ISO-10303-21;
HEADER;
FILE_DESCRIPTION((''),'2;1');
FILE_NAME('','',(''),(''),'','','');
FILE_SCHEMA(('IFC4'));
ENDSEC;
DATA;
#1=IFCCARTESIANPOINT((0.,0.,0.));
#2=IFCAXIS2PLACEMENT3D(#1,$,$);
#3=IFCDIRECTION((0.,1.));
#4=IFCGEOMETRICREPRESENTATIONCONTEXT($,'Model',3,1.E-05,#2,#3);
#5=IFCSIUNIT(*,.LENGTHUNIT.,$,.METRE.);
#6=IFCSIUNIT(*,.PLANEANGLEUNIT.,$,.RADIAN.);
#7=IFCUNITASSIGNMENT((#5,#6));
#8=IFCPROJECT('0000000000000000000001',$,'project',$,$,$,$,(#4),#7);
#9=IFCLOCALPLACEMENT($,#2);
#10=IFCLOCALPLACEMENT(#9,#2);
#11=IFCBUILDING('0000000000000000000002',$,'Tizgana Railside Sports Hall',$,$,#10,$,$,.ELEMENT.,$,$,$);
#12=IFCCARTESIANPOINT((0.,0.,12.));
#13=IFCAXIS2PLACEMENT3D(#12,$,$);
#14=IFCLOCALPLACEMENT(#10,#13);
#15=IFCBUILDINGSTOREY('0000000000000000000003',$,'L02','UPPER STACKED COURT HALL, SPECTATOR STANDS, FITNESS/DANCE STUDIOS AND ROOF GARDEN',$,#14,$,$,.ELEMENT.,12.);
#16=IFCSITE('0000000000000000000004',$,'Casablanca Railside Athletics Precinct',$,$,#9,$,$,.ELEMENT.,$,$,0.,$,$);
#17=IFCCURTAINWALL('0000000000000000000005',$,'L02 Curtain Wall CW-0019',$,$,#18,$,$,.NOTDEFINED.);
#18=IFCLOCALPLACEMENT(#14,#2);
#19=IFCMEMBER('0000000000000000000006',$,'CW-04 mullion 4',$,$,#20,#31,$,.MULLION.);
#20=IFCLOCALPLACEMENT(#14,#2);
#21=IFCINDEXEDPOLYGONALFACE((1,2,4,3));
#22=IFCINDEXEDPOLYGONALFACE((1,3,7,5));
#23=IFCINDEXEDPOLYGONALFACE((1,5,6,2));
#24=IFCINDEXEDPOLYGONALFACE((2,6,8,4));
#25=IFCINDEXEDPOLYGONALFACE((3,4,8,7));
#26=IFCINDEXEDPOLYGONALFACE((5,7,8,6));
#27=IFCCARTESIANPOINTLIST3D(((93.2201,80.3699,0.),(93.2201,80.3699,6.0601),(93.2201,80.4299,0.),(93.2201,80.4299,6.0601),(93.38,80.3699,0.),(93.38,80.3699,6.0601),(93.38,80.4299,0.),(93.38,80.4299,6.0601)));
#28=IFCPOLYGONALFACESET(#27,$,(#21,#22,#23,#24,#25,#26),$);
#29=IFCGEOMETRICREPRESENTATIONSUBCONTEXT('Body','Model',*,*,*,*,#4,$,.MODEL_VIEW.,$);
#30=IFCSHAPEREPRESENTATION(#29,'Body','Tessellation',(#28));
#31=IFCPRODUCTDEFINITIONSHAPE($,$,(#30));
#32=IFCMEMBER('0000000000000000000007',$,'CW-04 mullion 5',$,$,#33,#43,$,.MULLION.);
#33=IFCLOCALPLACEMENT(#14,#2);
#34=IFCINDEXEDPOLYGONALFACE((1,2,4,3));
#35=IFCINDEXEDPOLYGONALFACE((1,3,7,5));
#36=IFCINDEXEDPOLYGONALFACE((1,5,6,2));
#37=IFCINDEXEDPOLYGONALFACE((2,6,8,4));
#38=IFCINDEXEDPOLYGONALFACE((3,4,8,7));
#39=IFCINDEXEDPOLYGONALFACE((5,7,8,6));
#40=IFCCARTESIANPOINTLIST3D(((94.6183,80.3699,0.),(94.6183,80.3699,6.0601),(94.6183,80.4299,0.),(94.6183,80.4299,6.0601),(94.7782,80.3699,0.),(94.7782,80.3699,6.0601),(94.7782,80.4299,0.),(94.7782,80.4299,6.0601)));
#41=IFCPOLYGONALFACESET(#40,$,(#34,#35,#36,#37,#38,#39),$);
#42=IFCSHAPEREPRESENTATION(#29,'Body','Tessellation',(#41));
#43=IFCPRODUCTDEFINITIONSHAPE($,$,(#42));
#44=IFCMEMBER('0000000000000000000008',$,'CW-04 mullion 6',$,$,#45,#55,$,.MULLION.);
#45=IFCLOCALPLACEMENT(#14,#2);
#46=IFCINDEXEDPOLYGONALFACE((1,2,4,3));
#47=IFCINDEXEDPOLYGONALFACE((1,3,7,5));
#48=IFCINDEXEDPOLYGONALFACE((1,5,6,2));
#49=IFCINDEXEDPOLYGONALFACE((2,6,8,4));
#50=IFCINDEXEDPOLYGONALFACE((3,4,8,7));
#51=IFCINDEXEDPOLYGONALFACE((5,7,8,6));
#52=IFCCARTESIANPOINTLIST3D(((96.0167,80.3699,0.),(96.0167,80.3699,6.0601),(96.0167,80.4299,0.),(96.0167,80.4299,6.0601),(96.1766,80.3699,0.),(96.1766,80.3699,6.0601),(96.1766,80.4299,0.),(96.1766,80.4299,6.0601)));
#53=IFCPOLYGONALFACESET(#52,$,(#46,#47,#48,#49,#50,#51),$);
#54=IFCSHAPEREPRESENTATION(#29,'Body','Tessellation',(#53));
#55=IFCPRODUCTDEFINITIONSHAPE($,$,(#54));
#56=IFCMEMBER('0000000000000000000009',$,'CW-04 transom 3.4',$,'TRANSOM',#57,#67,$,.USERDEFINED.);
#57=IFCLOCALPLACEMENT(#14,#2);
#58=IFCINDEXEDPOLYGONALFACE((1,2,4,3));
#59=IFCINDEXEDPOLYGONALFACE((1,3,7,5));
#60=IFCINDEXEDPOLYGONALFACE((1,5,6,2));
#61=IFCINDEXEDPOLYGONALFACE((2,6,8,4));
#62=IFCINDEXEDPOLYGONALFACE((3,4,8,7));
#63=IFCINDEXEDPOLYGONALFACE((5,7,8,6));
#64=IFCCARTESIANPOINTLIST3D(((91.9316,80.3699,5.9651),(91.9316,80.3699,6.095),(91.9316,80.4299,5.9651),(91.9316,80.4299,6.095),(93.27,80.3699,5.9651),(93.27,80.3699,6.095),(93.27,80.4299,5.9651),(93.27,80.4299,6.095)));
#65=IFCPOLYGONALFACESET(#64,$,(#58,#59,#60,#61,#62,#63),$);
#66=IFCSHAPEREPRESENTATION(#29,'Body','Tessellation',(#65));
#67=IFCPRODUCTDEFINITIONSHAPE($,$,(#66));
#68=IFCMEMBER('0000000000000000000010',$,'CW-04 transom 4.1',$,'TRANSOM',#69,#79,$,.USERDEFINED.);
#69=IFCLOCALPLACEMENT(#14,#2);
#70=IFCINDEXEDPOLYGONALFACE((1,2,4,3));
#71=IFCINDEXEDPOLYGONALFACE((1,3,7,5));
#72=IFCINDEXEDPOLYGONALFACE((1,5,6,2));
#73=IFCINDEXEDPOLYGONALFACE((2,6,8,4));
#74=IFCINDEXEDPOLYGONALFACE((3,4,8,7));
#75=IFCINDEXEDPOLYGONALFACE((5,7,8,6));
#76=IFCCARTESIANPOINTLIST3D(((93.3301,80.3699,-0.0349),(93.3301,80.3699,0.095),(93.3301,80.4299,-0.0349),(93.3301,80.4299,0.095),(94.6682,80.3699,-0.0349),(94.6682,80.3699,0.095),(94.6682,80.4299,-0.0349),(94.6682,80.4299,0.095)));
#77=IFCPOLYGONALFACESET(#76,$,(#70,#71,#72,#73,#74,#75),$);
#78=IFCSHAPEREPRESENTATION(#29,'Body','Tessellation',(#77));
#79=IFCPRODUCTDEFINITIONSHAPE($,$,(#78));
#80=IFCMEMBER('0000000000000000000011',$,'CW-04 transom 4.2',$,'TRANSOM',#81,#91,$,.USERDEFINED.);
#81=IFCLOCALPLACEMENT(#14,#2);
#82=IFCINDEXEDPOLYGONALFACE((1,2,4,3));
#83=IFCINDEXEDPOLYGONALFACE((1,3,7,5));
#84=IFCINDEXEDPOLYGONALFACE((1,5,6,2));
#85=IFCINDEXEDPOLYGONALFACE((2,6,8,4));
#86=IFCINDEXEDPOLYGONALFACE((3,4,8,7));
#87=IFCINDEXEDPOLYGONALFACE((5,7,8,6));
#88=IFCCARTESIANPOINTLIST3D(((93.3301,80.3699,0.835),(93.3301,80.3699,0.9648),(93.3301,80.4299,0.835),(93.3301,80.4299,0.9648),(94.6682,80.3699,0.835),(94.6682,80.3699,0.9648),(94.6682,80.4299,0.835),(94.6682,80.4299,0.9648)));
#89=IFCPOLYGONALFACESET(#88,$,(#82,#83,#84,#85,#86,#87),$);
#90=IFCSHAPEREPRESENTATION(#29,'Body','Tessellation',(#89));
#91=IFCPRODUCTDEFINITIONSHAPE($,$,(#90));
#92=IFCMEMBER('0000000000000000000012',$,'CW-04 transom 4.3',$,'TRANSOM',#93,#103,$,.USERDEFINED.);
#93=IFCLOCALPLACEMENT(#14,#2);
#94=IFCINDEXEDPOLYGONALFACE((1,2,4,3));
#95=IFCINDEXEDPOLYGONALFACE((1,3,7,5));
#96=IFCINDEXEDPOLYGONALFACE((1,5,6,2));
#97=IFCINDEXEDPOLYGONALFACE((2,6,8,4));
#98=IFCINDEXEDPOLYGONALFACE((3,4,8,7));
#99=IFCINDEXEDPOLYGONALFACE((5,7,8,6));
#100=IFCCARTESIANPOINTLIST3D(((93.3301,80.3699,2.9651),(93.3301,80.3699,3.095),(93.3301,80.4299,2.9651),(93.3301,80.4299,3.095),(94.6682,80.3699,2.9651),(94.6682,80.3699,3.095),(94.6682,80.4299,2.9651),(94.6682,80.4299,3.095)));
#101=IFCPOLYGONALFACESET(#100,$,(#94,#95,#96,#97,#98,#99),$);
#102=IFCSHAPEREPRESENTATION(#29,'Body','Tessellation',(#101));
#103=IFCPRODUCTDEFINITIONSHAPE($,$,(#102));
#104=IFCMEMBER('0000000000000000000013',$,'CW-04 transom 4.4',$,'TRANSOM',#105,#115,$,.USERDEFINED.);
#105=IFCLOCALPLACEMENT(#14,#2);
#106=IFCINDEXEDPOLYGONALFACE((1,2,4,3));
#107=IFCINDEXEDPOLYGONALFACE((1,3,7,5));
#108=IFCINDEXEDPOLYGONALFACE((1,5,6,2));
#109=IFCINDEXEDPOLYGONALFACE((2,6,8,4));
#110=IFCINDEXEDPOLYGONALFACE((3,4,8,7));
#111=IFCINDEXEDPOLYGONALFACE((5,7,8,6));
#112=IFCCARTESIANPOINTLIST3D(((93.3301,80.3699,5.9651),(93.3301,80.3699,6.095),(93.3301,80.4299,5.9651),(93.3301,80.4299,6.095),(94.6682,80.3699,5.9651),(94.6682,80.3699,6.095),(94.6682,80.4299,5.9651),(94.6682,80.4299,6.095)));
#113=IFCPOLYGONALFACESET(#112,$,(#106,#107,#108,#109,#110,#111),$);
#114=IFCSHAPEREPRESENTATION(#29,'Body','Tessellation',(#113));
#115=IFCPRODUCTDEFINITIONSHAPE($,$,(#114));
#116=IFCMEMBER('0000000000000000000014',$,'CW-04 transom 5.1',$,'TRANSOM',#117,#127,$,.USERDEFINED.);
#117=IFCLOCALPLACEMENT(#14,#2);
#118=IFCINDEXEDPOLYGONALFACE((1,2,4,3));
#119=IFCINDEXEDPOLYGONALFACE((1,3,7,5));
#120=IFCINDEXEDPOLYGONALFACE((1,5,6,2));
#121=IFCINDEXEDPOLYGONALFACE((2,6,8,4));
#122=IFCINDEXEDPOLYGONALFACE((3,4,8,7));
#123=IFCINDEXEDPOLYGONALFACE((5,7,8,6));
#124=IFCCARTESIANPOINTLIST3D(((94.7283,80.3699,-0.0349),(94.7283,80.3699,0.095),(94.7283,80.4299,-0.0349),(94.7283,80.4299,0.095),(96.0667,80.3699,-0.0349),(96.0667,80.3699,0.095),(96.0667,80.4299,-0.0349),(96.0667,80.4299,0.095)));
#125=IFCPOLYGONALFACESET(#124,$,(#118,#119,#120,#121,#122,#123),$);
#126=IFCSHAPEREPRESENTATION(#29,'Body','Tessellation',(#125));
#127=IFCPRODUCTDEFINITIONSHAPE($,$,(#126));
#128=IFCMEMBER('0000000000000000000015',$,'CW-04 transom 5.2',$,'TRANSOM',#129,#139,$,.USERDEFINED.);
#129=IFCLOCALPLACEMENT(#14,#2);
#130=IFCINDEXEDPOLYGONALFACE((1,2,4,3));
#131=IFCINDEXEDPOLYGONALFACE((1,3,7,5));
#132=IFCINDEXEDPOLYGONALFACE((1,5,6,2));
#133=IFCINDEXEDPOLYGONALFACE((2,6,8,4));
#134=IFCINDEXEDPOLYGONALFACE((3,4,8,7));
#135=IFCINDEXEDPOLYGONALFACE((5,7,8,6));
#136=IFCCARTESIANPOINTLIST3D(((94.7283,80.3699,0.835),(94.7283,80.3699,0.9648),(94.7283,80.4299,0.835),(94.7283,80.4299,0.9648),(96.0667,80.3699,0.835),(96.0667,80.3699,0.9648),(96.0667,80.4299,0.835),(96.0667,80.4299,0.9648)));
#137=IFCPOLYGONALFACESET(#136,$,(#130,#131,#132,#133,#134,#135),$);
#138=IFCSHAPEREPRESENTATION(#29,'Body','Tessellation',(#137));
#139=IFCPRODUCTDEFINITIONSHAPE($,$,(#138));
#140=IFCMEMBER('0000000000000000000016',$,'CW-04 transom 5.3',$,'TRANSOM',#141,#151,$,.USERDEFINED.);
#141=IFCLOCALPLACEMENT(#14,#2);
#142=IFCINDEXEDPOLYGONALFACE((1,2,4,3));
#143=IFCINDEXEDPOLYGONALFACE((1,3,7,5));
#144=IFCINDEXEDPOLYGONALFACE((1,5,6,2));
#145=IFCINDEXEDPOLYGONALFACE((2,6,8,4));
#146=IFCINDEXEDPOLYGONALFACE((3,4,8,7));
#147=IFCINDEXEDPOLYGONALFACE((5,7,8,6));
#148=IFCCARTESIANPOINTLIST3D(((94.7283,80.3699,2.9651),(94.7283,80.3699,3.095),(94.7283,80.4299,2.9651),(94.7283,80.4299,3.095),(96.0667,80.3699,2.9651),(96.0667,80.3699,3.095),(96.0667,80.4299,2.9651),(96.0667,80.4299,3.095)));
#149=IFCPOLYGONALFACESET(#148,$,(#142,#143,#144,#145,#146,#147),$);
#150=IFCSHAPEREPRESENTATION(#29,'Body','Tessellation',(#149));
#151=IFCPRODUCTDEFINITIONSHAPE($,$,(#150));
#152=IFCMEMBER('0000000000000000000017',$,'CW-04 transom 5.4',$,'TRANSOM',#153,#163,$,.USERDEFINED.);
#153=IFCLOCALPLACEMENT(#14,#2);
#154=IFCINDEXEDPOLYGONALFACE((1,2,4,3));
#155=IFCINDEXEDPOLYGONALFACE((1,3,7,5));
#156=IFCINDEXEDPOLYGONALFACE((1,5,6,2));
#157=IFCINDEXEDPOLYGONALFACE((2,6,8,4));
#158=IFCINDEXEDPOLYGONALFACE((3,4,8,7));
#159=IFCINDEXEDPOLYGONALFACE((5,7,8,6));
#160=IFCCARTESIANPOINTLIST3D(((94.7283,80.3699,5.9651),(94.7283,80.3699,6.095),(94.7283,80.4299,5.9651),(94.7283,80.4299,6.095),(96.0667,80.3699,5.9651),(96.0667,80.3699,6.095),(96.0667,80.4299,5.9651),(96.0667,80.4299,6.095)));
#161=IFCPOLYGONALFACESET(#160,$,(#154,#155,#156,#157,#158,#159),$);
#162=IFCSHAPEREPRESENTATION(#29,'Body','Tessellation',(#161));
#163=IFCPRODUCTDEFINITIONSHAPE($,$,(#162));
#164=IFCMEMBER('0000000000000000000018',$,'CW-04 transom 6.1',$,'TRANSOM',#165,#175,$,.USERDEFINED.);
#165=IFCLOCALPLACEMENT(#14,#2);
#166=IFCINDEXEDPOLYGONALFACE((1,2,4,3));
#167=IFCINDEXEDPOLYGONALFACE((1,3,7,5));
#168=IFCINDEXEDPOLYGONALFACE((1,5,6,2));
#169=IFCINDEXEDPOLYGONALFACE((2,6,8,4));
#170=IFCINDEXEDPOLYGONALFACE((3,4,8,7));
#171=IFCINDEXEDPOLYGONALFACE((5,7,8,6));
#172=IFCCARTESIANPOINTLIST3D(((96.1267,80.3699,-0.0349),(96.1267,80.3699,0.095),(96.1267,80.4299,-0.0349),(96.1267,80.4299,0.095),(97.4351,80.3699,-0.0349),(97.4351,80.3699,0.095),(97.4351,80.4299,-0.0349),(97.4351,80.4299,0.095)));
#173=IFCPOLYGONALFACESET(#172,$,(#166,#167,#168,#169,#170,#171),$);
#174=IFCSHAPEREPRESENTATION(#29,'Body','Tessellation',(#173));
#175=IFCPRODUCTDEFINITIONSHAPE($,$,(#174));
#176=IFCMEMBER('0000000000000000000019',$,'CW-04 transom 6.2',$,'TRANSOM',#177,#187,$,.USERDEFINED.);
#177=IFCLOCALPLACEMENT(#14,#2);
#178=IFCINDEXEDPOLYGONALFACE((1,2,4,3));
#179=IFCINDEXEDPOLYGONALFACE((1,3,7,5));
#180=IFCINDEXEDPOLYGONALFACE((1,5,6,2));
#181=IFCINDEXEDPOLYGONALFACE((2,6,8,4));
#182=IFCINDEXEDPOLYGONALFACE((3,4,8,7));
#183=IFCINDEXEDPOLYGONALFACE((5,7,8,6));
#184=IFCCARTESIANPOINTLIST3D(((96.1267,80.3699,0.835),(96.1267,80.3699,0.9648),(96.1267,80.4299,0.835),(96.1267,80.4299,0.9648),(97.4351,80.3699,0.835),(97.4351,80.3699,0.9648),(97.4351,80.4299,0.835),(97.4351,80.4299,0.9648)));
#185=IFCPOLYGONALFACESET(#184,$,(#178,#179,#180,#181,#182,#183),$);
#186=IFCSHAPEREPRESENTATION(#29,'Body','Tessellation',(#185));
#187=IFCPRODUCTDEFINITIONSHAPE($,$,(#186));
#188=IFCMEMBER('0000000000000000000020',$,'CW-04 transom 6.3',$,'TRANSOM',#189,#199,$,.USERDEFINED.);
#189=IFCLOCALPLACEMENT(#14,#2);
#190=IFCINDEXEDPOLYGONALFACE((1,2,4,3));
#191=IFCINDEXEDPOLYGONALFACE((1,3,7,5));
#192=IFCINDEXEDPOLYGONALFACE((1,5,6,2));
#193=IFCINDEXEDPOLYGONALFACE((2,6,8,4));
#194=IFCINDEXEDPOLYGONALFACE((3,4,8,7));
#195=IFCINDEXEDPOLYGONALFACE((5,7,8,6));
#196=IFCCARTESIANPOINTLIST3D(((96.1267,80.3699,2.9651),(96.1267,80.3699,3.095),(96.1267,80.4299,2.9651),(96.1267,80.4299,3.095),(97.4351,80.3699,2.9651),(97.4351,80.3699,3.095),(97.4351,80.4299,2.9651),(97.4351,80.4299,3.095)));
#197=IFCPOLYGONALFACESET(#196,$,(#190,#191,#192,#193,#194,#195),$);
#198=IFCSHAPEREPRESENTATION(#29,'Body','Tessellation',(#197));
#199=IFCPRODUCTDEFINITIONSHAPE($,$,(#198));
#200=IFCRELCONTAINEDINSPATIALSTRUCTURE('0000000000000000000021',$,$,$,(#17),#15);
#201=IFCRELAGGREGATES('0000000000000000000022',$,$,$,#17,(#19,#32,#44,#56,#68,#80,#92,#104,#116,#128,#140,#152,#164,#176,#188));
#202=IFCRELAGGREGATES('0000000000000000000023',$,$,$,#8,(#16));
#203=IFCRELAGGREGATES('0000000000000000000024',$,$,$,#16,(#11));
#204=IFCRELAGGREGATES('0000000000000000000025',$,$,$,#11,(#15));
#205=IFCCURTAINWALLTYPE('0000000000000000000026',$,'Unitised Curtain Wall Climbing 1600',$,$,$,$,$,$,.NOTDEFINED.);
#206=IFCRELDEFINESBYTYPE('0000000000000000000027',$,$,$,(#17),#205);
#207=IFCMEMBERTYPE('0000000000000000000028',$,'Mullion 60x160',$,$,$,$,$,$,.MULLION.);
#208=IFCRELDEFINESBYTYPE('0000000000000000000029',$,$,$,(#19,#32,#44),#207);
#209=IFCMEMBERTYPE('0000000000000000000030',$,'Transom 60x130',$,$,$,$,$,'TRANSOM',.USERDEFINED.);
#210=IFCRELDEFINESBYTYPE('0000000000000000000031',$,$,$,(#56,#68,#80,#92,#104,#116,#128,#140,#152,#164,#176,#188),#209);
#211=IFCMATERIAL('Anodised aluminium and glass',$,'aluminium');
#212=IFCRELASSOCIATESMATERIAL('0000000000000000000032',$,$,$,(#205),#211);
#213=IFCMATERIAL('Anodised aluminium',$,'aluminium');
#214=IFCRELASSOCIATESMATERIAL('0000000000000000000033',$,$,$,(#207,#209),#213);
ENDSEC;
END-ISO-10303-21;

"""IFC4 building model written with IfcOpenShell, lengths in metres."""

from ifc_helpers import new_model, si_unit, direction, frame, origin, origin_2d, place, context, subcontext, project, spatial, rectangle, extrude, material, material_profile, profile_set, type_object, element, aggregate, save


model = new_model("IFC4")

# Units and contexts
model_context = context("Model", 3, precision=1e-05, world=origin(), true_north=direction((0.0, 1.0)))
body_context = subcontext(model_context, "Body", "Model", "MODEL_VIEW")
ifc_project = project(units=[si_unit("LENGTHUNIT", "METRE"), si_unit("PLANEANGLEUNIT", "RADIAN")], contexts=[model_context])

# Site, building, storey
site_placement = place(None, origin())
site = spatial("IfcSite", under=ifc_project, at=site_placement, Name="Casablanca Railside Athletics Precinct", CompositionType="ELEMENT", RefElevation=0.0)
building_placement = place(site_placement, origin())
building = spatial("IfcBuilding", under=site, at=building_placement, Name="Tizgana Railside Sports Hall", CompositionType="ELEMENT")
storey_placement = place(building_placement, frame((0.0, 0.0, 12.0)))
storey = spatial("IfcBuildingStorey", under=building, at=storey_placement, Name="L02", Description="UPPER STACKED COURT HALL, SPECTATOR STANDS, FITNESS/DANCE STUDIOS AND ROOF GARDEN", CompositionType="ELEMENT", Elevation=12.0)

# Curtain wall, members
ifc_material_1 = material(Name="Anodised aluminium and glass", Category="aluminium")
curtain_wall_type = type_object("IfcCurtainWallType", Name="Unitised Curtain Wall Climbing 1600", PredefinedType="NOTDEFINED", material=ifc_material_1)
curtain_wall_placement = place(storey_placement, origin())
curtain_wall = element("IfcCurtainWall", 1, at=curtain_wall_placement, inside=storey, type_object=curtain_wall_type, Name="L02 Curtain Wall CW-0019", PredefinedType="NOTDEFINED")
ifc_material_2 = material(Name="Anodised aluminium", Category="aluminium")
ifc_material_profile_1 = material_profile(ifc_material_2, rectangle(XDim=0.0601, YDim=0.1599, at=origin_2d()), Name="Mullion 60x160")
ifc_profile_set_1 = profile_set([ifc_material_profile_1], Name="Anodised aluminium")
member_type_1 = type_object("IfcMemberType", Name="Mullion 60x160", PredefinedType="MULLION", material=ifc_profile_set_1)
member_1_placement = place(storey_placement, frame((93.3, 80.3999, 0.0), z_axis=(0.0, 0.0, 1.0), x_axis=(0.0, 1.0, 0.0)))
member_1 = element("IfcMember", 2, at=member_1_placement, type_object=member_type_1, Name="CW-04 mullion 4", PredefinedType="MULLION", context=body_context, shape_type="SweptSolid", body=[
    extrude(rectangle(XDim=0.0601, YDim=0.1599, at=origin_2d()), origin(), (0.0, 0.0, 1.0), 6.0601),
])
member_2_placement = place(storey_placement, frame((94.6982, 80.3999, 0.0), z_axis=(0.0, 0.0, 1.0), x_axis=(0.0, 1.0, 0.0)))
member_2 = element("IfcMember", 3, at=member_2_placement, type_object=member_type_1, Name="CW-04 mullion 5", PredefinedType="MULLION", context=body_context, shape_type="SweptSolid", body=[
    extrude(rectangle(XDim=0.0601, YDim=0.1599, at=origin_2d()), origin(), (0.0, 0.0, 1.0), 6.0601),
])
member_3_placement = place(storey_placement, frame((96.0967, 80.3999, 0.0), z_axis=(0.0, 0.0, 1.0), x_axis=(0.0, 1.0, 0.0)))
member_3 = element("IfcMember", 4, at=member_3_placement, type_object=member_type_1, Name="CW-04 mullion 6", PredefinedType="MULLION", context=body_context, shape_type="SweptSolid", body=[
    extrude(rectangle(XDim=0.0601, YDim=0.1599, at=origin_2d()), origin(), (0.0, 0.0, 1.0), 6.0601),
])
ifc_material_profile_2 = material_profile(ifc_material_2, rectangle(XDim=0.0601, YDim=0.1299, at=origin_2d()), Name="Transom 60x130")
ifc_profile_set_2 = profile_set([ifc_material_profile_2], Name="Anodised aluminium")
member_type_2 = type_object("IfcMemberType", Name="Transom 60x130", ElementType="TRANSOM", PredefinedType="USERDEFINED", material=ifc_profile_set_2)
member_4_placement = place(storey_placement, frame((91.9316, 80.3999, 6.03), z_axis=(1.0, 0.0, 0.0), x_axis=(0.0, 1.0, 0.0)))
member_4 = element("IfcMember", 5, at=member_4_placement, type_object=member_type_2, Name="CW-04 transom 3.4", ObjectType="TRANSOM", PredefinedType="USERDEFINED", context=body_context, shape_type="SweptSolid", body=[
    extrude(rectangle(XDim=0.0601, YDim=0.1299, at=origin_2d()), origin(), (0.0, 0.0, 1.0), 1.3384),
])
member_5_placement = place(storey_placement, frame((93.3301, 80.3999, 0.03), z_axis=(1.0, 0.0, 0.0), x_axis=(0.0, 1.0, 0.0)))
member_5 = element("IfcMember", 6, at=member_5_placement, type_object=member_type_2, Name="CW-04 transom 4.1", ObjectType="TRANSOM", PredefinedType="USERDEFINED", context=body_context, shape_type="SweptSolid", body=[
    extrude(rectangle(XDim=0.0601, YDim=0.1299, at=origin_2d()), origin(), (0.0, 0.0, 1.0), 1.3381),
])
member_6_placement = place(storey_placement, frame((93.3301, 80.3999, 0.8999), z_axis=(1.0, 0.0, 0.0), x_axis=(0.0, 1.0, 0.0)))
member_6 = element("IfcMember", 7, at=member_6_placement, type_object=member_type_2, Name="CW-04 transom 4.2", ObjectType="TRANSOM", PredefinedType="USERDEFINED", context=body_context, shape_type="SweptSolid", body=[
    extrude(rectangle(XDim=0.0601, YDim=0.1299, at=origin_2d()), origin(), (0.0, 0.0, 1.0), 1.3381),
])
member_7_placement = place(storey_placement, frame((93.3301, 80.3999, 3.03), z_axis=(1.0, 0.0, 0.0), x_axis=(0.0, 1.0, 0.0)))
member_7 = element("IfcMember", 8, at=member_7_placement, type_object=member_type_2, Name="CW-04 transom 4.3", ObjectType="TRANSOM", PredefinedType="USERDEFINED", context=body_context, shape_type="SweptSolid", body=[
    extrude(rectangle(XDim=0.0601, YDim=0.1299, at=origin_2d()), origin(), (0.0, 0.0, 1.0), 1.3381),
])
member_8_placement = place(storey_placement, frame((93.3301, 80.3999, 6.03), z_axis=(1.0, 0.0, 0.0), x_axis=(0.0, 1.0, 0.0)))
member_8 = element("IfcMember", 9, at=member_8_placement, type_object=member_type_2, Name="CW-04 transom 4.4", ObjectType="TRANSOM", PredefinedType="USERDEFINED", context=body_context, shape_type="SweptSolid", body=[
    extrude(rectangle(XDim=0.0601, YDim=0.1299, at=origin_2d()), origin(), (0.0, 0.0, 1.0), 1.3381),
])
member_9_placement = place(storey_placement, frame((94.7283, 80.3999, 0.03), z_axis=(1.0, 0.0, 0.0), x_axis=(0.0, 1.0, 0.0)))
member_9 = element("IfcMember", 10, at=member_9_placement, type_object=member_type_2, Name="CW-04 transom 5.1", ObjectType="TRANSOM", PredefinedType="USERDEFINED", context=body_context, shape_type="SweptSolid", body=[
    extrude(rectangle(XDim=0.0601, YDim=0.1299, at=origin_2d()), origin(), (0.0, 0.0, 1.0), 1.3384),
])
member_10_placement = place(storey_placement, frame((94.7283, 80.3999, 0.8999), z_axis=(1.0, 0.0, 0.0), x_axis=(0.0, 1.0, 0.0)))
member_10 = element("IfcMember", 11, at=member_10_placement, type_object=member_type_2, Name="CW-04 transom 5.2", ObjectType="TRANSOM", PredefinedType="USERDEFINED", context=body_context, shape_type="SweptSolid", body=[
    extrude(rectangle(XDim=0.0601, YDim=0.1299, at=origin_2d()), origin(), (0.0, 0.0, 1.0), 1.3384),
])
member_11_placement = place(storey_placement, frame((94.7283, 80.3999, 3.03), z_axis=(1.0, 0.0, 0.0), x_axis=(0.0, 1.0, 0.0)))
member_11 = element("IfcMember", 12, at=member_11_placement, type_object=member_type_2, Name="CW-04 transom 5.3", ObjectType="TRANSOM", PredefinedType="USERDEFINED", context=body_context, shape_type="SweptSolid", body=[
    extrude(rectangle(XDim=0.0601, YDim=0.1299, at=origin_2d()), origin(), (0.0, 0.0, 1.0), 1.3384),
])
member_12_placement = place(storey_placement, frame((94.7283, 80.3999, 6.03), z_axis=(1.0, 0.0, 0.0), x_axis=(0.0, 1.0, 0.0)))
member_12 = element("IfcMember", 13, at=member_12_placement, type_object=member_type_2, Name="CW-04 transom 5.4", ObjectType="TRANSOM", PredefinedType="USERDEFINED", context=body_context, shape_type="SweptSolid", body=[
    extrude(rectangle(XDim=0.0601, YDim=0.1299, at=origin_2d()), origin(), (0.0, 0.0, 1.0), 1.3384),
])
member_13_placement = place(storey_placement, frame((96.1267, 80.3999, 0.03), z_axis=(1.0, 0.0, 0.0), x_axis=(0.0, 1.0, 0.0)))
member_13 = element("IfcMember", 14, at=member_13_placement, type_object=member_type_2, Name="CW-04 transom 6.1", ObjectType="TRANSOM", PredefinedType="USERDEFINED", context=body_context, shape_type="SweptSolid", body=[
    extrude(rectangle(XDim=0.0601, YDim=0.1299, at=origin_2d()), origin(), (0.0, 0.0, 1.0), 1.3083),
])
member_14_placement = place(storey_placement, frame((96.1267, 80.3999, 0.8999), z_axis=(1.0, 0.0, 0.0), x_axis=(0.0, 1.0, 0.0)))
member_14 = element("IfcMember", 15, at=member_14_placement, type_object=member_type_2, Name="CW-04 transom 6.2", ObjectType="TRANSOM", PredefinedType="USERDEFINED", context=body_context, shape_type="SweptSolid", body=[
    extrude(rectangle(XDim=0.0601, YDim=0.1299, at=origin_2d()), origin(), (0.0, 0.0, 1.0), 1.3083),
])
member_15_placement = place(storey_placement, frame((96.1267, 80.3999, 3.03), z_axis=(1.0, 0.0, 0.0), x_axis=(0.0, 1.0, 0.0)))
member_15 = element("IfcMember", 16, at=member_15_placement, type_object=member_type_2, Name="CW-04 transom 6.3", ObjectType="TRANSOM", PredefinedType="USERDEFINED", context=body_context, shape_type="SweptSolid", body=[
    extrude(rectangle(XDim=0.0601, YDim=0.1299, at=origin_2d()), origin(), (0.0, 0.0, 1.0), 1.3083),
])
aggregate(curtain_wall, [member_1, member_2, member_3, member_4, member_5, member_6, member_7, member_8, member_9, member_10, member_11, member_12, member_13, member_14, member_15])

save(model, "model.ifc")
